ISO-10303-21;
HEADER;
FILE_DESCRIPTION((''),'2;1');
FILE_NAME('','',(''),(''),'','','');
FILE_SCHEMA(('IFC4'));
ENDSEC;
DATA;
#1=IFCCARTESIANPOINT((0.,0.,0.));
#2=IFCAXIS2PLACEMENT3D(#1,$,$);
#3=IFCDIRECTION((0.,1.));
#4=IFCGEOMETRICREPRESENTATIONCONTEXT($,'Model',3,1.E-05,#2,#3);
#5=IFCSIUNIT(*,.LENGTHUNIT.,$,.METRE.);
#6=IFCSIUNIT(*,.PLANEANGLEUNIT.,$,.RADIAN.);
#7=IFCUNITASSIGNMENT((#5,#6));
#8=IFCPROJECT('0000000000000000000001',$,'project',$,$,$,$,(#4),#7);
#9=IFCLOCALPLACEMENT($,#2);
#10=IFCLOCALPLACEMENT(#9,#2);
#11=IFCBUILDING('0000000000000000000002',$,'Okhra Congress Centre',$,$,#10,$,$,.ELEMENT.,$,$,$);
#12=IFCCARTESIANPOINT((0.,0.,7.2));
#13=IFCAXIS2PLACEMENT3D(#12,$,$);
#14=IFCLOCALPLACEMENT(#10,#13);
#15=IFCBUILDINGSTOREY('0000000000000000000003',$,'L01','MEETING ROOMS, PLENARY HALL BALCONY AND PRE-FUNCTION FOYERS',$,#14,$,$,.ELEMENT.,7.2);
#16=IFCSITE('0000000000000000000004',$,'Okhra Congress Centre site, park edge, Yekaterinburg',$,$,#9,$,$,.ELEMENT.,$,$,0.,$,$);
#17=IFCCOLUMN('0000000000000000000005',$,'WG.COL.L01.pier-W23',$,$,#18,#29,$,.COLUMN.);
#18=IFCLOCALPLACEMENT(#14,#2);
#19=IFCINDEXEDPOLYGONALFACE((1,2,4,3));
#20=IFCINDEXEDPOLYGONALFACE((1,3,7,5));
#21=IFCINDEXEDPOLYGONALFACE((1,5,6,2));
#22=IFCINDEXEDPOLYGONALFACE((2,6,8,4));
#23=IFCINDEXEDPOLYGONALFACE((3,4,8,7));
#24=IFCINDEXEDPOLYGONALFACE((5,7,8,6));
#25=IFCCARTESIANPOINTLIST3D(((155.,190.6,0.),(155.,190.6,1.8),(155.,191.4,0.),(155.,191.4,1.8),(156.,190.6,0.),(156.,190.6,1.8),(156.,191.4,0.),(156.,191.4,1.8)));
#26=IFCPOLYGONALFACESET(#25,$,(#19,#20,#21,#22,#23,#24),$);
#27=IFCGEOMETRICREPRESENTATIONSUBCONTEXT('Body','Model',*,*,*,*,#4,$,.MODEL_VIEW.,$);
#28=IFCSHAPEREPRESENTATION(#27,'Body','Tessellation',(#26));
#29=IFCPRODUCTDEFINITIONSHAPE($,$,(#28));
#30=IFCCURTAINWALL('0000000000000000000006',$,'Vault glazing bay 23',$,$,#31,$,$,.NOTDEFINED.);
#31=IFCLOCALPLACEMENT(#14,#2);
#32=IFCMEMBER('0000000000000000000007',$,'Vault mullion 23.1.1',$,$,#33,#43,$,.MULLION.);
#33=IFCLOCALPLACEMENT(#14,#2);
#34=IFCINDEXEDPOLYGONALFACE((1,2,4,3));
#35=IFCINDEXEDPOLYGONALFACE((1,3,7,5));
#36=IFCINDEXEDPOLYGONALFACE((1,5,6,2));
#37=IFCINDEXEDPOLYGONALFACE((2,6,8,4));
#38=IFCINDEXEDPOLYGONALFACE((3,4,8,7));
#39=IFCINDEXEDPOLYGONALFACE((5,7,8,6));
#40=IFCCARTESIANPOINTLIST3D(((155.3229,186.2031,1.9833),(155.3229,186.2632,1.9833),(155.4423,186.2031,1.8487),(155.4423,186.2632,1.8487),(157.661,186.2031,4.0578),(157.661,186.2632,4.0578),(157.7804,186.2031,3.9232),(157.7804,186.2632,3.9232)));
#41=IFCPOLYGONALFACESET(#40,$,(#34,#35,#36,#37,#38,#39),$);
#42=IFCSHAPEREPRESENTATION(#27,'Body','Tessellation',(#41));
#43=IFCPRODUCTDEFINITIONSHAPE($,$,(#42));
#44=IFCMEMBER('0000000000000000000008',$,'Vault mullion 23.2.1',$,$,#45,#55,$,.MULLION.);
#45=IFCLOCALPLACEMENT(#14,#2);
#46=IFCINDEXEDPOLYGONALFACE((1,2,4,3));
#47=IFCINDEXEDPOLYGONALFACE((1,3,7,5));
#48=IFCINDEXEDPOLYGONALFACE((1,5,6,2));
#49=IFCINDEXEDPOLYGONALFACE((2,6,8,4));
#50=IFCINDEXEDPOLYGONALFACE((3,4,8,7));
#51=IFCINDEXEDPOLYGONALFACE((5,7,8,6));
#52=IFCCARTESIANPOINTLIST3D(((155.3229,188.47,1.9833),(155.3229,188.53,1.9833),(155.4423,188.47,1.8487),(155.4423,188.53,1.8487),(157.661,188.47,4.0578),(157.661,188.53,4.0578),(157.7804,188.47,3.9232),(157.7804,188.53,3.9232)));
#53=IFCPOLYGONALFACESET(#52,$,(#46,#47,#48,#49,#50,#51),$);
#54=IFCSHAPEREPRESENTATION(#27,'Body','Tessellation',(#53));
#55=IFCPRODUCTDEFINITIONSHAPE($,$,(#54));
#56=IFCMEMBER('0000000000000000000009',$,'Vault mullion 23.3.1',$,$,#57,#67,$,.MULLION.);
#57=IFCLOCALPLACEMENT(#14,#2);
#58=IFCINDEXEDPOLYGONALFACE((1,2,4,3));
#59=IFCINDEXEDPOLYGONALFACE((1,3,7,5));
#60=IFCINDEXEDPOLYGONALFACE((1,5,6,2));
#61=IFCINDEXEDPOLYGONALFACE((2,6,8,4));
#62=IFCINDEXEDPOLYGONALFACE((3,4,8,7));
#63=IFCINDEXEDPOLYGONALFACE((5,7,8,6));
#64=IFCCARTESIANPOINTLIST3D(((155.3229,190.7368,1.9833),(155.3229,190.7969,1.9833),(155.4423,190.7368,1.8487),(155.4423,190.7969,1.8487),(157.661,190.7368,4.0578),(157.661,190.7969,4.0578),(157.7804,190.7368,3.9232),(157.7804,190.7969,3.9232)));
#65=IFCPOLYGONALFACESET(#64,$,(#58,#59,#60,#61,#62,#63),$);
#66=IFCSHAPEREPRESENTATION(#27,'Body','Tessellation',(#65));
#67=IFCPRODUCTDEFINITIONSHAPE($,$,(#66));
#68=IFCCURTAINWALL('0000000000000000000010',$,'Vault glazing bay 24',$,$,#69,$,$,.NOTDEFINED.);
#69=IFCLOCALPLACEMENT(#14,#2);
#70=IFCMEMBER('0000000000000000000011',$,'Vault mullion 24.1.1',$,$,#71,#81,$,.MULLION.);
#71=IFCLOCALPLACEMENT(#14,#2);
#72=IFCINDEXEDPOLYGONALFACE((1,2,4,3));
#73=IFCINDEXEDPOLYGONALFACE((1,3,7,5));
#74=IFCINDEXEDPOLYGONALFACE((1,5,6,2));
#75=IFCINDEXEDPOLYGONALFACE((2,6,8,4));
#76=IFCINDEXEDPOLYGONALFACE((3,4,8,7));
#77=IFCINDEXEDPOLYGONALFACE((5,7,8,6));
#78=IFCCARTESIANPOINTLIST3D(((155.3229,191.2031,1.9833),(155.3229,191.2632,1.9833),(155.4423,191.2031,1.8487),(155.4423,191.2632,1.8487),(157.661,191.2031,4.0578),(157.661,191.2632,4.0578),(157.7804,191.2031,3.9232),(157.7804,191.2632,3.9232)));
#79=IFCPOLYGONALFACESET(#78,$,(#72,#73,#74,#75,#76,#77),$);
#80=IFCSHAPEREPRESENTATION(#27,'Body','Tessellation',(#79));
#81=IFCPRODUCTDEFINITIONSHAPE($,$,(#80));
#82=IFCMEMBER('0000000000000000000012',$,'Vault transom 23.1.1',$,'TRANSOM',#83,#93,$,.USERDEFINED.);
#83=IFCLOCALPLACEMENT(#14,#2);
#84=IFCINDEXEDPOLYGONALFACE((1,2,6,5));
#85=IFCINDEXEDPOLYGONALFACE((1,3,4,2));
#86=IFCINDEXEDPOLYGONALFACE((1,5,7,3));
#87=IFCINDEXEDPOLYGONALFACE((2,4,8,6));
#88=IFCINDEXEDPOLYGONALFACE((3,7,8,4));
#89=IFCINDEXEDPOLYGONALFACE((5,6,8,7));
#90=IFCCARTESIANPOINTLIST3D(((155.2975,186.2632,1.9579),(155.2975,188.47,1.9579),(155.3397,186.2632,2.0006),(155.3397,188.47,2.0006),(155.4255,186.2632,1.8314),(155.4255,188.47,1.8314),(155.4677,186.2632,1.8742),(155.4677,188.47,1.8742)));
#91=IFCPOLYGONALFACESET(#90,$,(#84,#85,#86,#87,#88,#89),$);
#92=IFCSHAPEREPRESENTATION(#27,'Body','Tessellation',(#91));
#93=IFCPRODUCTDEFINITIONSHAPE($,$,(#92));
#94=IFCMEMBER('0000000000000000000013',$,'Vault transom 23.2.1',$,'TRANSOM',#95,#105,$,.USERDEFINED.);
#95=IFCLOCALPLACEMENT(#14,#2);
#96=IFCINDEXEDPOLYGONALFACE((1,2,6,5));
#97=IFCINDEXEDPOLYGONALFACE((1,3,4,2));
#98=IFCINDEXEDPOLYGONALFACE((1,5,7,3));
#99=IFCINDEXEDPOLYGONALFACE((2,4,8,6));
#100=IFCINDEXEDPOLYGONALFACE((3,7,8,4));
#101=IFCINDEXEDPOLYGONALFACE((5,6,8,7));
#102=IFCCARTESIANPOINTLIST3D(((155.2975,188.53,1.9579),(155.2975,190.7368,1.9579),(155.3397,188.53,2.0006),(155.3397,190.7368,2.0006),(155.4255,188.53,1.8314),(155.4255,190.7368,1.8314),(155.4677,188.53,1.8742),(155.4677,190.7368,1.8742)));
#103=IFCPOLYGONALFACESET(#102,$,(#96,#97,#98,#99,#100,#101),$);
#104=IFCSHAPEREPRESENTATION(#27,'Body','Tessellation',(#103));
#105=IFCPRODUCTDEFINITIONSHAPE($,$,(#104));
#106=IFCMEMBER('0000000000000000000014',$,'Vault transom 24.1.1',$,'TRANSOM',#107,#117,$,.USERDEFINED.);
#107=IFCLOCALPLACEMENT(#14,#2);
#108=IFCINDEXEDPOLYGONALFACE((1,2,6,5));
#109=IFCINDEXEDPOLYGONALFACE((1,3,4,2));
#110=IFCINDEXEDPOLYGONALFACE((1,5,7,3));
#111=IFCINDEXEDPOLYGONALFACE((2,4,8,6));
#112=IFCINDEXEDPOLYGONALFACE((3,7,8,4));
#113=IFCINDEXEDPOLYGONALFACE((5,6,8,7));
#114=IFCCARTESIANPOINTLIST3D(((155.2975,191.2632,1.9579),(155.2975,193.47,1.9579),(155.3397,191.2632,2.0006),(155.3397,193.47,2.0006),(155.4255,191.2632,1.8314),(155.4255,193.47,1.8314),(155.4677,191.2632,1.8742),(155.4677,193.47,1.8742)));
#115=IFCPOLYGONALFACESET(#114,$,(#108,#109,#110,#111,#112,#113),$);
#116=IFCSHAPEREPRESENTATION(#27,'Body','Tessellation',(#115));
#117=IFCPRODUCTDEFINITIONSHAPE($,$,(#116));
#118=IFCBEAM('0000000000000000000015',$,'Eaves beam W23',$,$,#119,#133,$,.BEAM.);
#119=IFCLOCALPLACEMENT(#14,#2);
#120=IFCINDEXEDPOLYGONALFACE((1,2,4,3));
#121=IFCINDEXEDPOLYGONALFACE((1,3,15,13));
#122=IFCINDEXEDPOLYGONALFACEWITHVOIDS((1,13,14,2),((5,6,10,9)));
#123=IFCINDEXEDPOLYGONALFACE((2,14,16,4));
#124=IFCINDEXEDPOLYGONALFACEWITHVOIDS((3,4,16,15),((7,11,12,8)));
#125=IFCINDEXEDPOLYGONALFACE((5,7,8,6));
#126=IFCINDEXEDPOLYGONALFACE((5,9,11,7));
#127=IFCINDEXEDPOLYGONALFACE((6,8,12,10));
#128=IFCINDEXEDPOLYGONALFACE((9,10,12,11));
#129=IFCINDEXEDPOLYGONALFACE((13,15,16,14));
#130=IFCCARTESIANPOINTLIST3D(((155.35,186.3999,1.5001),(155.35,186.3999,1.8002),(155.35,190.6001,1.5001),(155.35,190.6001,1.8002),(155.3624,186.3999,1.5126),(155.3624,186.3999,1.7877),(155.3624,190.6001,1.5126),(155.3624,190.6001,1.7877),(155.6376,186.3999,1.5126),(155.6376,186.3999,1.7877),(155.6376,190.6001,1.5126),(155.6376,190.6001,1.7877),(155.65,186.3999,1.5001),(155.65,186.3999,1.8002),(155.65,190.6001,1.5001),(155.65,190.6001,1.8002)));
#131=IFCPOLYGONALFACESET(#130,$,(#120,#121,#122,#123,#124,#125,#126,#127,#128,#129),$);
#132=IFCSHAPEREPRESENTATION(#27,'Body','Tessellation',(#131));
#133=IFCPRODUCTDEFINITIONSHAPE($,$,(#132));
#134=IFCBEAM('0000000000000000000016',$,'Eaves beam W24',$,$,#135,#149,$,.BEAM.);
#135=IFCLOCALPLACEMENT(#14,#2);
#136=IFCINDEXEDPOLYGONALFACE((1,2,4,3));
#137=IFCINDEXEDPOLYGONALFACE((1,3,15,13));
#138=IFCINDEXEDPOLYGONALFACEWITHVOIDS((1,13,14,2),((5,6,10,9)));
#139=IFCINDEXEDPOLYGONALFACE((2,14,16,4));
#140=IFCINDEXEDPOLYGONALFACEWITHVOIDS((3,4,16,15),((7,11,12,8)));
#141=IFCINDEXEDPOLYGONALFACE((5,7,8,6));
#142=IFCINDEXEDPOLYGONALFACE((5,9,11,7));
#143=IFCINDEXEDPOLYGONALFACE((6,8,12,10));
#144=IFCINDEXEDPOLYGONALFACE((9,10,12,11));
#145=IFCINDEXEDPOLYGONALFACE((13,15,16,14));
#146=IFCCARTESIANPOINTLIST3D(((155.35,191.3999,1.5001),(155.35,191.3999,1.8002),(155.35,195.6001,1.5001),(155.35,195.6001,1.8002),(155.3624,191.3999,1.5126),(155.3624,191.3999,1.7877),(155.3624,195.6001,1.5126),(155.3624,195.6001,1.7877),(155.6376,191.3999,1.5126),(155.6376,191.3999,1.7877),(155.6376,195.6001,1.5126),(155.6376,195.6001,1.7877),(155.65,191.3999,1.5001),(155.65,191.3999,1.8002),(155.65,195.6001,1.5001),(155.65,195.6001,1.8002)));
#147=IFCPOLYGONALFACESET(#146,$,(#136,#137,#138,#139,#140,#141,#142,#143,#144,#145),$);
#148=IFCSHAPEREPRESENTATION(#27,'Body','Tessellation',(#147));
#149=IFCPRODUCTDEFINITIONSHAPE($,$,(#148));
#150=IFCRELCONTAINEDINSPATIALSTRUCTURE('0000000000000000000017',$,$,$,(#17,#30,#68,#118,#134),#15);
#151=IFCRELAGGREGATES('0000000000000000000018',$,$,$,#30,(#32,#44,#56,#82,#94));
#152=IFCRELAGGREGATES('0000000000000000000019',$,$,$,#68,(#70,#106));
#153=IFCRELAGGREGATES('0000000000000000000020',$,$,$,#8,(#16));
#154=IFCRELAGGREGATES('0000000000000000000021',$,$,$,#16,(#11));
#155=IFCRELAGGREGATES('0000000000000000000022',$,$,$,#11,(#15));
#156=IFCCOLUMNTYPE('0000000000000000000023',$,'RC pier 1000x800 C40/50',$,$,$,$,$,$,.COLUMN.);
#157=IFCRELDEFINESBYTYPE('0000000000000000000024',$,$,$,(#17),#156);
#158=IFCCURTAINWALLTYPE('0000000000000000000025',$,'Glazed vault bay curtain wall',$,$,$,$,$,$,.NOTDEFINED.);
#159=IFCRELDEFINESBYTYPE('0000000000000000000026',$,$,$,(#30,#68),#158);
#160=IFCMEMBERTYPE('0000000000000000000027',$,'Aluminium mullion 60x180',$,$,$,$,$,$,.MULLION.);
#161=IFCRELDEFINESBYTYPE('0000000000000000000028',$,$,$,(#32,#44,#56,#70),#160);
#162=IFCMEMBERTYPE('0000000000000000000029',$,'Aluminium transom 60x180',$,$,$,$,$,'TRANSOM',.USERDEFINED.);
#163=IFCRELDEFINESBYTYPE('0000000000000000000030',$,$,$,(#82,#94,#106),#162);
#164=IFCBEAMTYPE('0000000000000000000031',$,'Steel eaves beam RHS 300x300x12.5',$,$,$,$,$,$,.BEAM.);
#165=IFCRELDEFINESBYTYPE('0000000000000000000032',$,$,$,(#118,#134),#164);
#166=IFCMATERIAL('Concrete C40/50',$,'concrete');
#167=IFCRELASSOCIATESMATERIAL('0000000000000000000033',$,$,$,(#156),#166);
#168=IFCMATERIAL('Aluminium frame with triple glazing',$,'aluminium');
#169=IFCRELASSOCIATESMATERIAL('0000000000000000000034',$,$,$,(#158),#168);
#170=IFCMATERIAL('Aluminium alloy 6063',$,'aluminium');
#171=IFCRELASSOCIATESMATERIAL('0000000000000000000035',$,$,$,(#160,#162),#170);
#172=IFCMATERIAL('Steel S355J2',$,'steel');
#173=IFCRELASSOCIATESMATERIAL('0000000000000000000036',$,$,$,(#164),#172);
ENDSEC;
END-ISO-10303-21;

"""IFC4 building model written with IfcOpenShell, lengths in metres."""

from ifc_helpers import new_model, si_unit, direction, frame, origin, origin_2d, place, context, subcontext, project, spatial, rectangle, hollow_rectangle, extrude, material, material_profile, profile_set, type_object, element, aggregate, save


model = new_model("IFC4")

# Units and contexts
model_context = context("Model", 3, precision=1e-05, world=origin(), true_north=direction((0.0, 1.0)))
body_context = subcontext(model_context, "Body", "Model", "MODEL_VIEW")
ifc_project = project(units=[si_unit("LENGTHUNIT", "METRE"), si_unit("PLANEANGLEUNIT", "RADIAN")], contexts=[model_context])

# Site, building, storey
site_placement = place(None, origin())
site = spatial("IfcSite", under=ifc_project, at=site_placement, Name="Okhra Congress Centre site, park edge, Yekaterinburg", CompositionType="ELEMENT", RefElevation=0.0)
building_placement = place(site_placement, origin())
building = spatial("IfcBuilding", under=site, at=building_placement, Name="Okhra Congress Centre", CompositionType="ELEMENT")
storey_placement = place(building_placement, frame((0.0, 0.0, 7.2)))
storey = spatial("IfcBuildingStorey", under=building, at=storey_placement, Name="L01", Description="MEETING ROOMS, PLENARY HALL BALCONY AND PRE-FUNCTION FOYERS", CompositionType="ELEMENT", Elevation=7.2)

# Column
ifc_material_1 = material(Name="Concrete C40/50", Category="concrete")
ifc_material_profile_1 = material_profile(ifc_material_1, rectangle(XDim=1.0, YDim=0.8, at=origin_2d()), Name="RC 1000x800")
ifc_profile_set_1 = profile_set([ifc_material_profile_1], Name="Concrete C40/50")
column_type = type_object("IfcColumnType", Name="RC pier 1000x800 C40/50", PredefinedType="COLUMN", material=ifc_profile_set_1)
column_placement = place(storey_placement, frame((155.5, 191.0, 0.0), z_axis=(0.0, 0.0, 1.0), x_axis=(1.0, 0.0, 0.0)))
element("IfcColumn", 1, at=column_placement, inside=storey, type_object=column_type, Name="WG.COL.L01.pier-W23", PredefinedType="COLUMN", context=body_context, shape_type="SweptSolid", body=[
    extrude(rectangle(XDim=1.0, YDim=0.8, at=origin_2d()), origin(), (0.0, 0.0, 1.0), 1.8),
])

# Curtain wall, members
ifc_material_2 = material(Name="Aluminium frame with triple glazing", Category="aluminium")
curtain_wall_type = type_object("IfcCurtainWallType", Name="Glazed vault bay curtain wall", PredefinedType="NOTDEFINED", material=ifc_material_2)
curtain_wall_1_placement = place(storey_placement, origin())
curtain_wall_1 = element("IfcCurtainWall", 2, at=curtain_wall_1_placement, inside=storey, type_object=curtain_wall_type, Name="Vault glazing bay 23", PredefinedType="NOTDEFINED")
ifc_material_3 = material(Name="Aluminium alloy 6063", Category="aluminium")
ifc_material_profile_2 = material_profile(ifc_material_3, rectangle(XDim=0.0601, YDim=0.1799, at=origin_2d()), Name="AL 60x180")
ifc_profile_set_2 = profile_set([ifc_material_profile_2], Name="Aluminium alloy 6063")
member_type_1 = type_object("IfcMemberType", Name="Aluminium mullion 60x180", PredefinedType="MULLION", material=ifc_profile_set_2)
member_1_placement = place(storey_placement, frame((155.3826, 186.2332, 1.916), z_axis=(0.748025, 0.0, 0.66367), x_axis=(0.0, 1.0, 0.0)))
member_1 = element("IfcMember", 3, at=member_1_placement, type_object=member_type_1, Name="Vault mullion 23.1.1", PredefinedType="MULLION", context=body_context, shape_type="SweptSolid", body=[
    extrude(rectangle(XDim=0.0601, YDim=0.1799, at=origin_2d()), origin(), (0.0, 0.0, 1.0), 3.1257),
])
member_2_placement = place(storey_placement, frame((155.3826, 188.5, 1.916), z_axis=(0.748025, 0.0, 0.66367), x_axis=(0.0, 1.0, 0.0)))
member_2 = element("IfcMember", 4, at=member_2_placement, type_object=member_type_1, Name="Vault mullion 23.2.1", PredefinedType="MULLION", context=body_context, shape_type="SweptSolid", body=[
    extrude(rectangle(XDim=0.0601, YDim=0.1799, at=origin_2d()), origin(), (0.0, 0.0, 1.0), 3.1257),
])
member_3_placement = place(storey_placement, frame((155.3826, 190.7668, 1.916), z_axis=(0.748025, 0.0, 0.66367), x_axis=(0.0, 1.0, 0.0)))
member_3 = element("IfcMember", 5, at=member_3_placement, type_object=member_type_1, Name="Vault mullion 23.3.1", PredefinedType="MULLION", context=body_context, shape_type="SweptSolid", body=[
    extrude(rectangle(XDim=0.0601, YDim=0.1799, at=origin_2d()), origin(), (0.0, 0.0, 1.0), 3.1257),
])

# Curtain wall, member
curtain_wall_2_placement = place(storey_placement, origin())
curtain_wall_2 = element("IfcCurtainWall", 6, at=curtain_wall_2_placement, inside=storey, type_object=curtain_wall_type, Name="Vault glazing bay 24", PredefinedType="NOTDEFINED")
member_4_placement = place(storey_placement, frame((155.3826, 191.2332, 1.916), z_axis=(0.748025, 0.0, 0.66367), x_axis=(0.0, 1.0, 0.0)))
member_4 = element("IfcMember", 7, at=member_4_placement, type_object=member_type_1, Name="Vault mullion 24.1.1", PredefinedType="MULLION", context=body_context, shape_type="SweptSolid", body=[
    extrude(rectangle(XDim=0.0601, YDim=0.1799, at=origin_2d()), origin(), (0.0, 0.0, 1.0), 3.1257),
])

# Members
ifc_material_profile_3 = material_profile(ifc_material_3, rectangle(XDim=0.0601, YDim=0.1799, at=origin_2d()), Name="AL 60x180 transom")
ifc_profile_set_3 = profile_set([ifc_material_profile_3], Name="Aluminium alloy 6063")
member_type_2 = type_object("IfcMemberType", Name="Aluminium transom 60x180", ElementType="TRANSOM", PredefinedType="USERDEFINED", material=ifc_profile_set_3)
member_5_placement = place(storey_placement, frame((155.3826, 186.2632, 1.916), z_axis=(0.0, 1.0, 0.0), x_axis=(-0.702636, 0.0, -0.711549)))
member_5 = element("IfcMember", 8, at=member_5_placement, type_object=member_type_2, Name="Vault transom 23.1.1", ObjectType="TRANSOM", PredefinedType="USERDEFINED", context=body_context, shape_type="SweptSolid", body=[
    extrude(rectangle(XDim=0.0601, YDim=0.1799, at=origin_2d()), origin(), (0.0, 0.0, 1.0), 2.2068),
])
member_6_placement = place(storey_placement, frame((155.3826, 188.53, 1.916), z_axis=(0.0, 1.0, 0.0), x_axis=(-0.702636, 0.0, -0.711549)))
member_6 = element("IfcMember", 9, at=member_6_placement, type_object=member_type_2, Name="Vault transom 23.2.1", ObjectType="TRANSOM", PredefinedType="USERDEFINED", context=body_context, shape_type="SweptSolid", body=[
    extrude(rectangle(XDim=0.0601, YDim=0.1799, at=origin_2d()), origin(), (0.0, 0.0, 1.0), 2.2068),
])
member_7_placement = place(storey_placement, frame((155.3826, 191.2632, 1.916), z_axis=(0.0, 1.0, 0.0), x_axis=(-0.702636, 0.0, -0.711549)))
member_7 = element("IfcMember", 10, at=member_7_placement, type_object=member_type_2, Name="Vault transom 24.1.1", ObjectType="TRANSOM", PredefinedType="USERDEFINED", context=body_context, shape_type="SweptSolid", body=[
    extrude(rectangle(XDim=0.0601, YDim=0.1799, at=origin_2d()), origin(), (0.0, 0.0, 1.0), 2.2068),
])

# Beams
ifc_material_4 = material(Name="Steel S355J2", Category="steel")
ifc_material_profile_4 = material_profile(ifc_material_4, hollow_rectangle(XDim=0.3, YDim=0.3, WallThickness=0.0125, at=origin_2d()), Name="RHS 300x300x12.5")
ifc_profile_set_4 = profile_set([ifc_material_profile_4], Name="Steel S355J2")
beam_type = type_object("IfcBeamType", Name="Steel eaves beam RHS 300x300x12.5", PredefinedType="BEAM", material=ifc_profile_set_4)
for number, where, z_axis, x_axis, name in (
    (11, (155.5, 186.3999, 1.6501), (0.0, 1.0, 0.0), (-1.0, 0.0, 0.0), "Eaves beam W23"),
    (12, (155.5, 191.3999, 1.6501), (0.0, 1.0, 0.0), (-1.0, 0.0, 0.0), "Eaves beam W24"),
):
    element("IfcBeam", number, at=place(storey_placement, frame(where, z_axis=z_axis, x_axis=x_axis)), inside=storey, type_object=beam_type, Name=name, PredefinedType="BEAM", context=body_context, shape_type="SweptSolid", body=[
        extrude(hollow_rectangle(XDim=0.3, YDim=0.3, WallThickness=0.0125, at=origin_2d()), origin(), (0.0, 0.0, 1.0), 4.2002),
    ])

aggregate(curtain_wall_1, [member_1, member_2, member_3, member_5, member_6])
aggregate(curtain_wall_2, [member_4, member_7])

save(model, "model.ifc")
